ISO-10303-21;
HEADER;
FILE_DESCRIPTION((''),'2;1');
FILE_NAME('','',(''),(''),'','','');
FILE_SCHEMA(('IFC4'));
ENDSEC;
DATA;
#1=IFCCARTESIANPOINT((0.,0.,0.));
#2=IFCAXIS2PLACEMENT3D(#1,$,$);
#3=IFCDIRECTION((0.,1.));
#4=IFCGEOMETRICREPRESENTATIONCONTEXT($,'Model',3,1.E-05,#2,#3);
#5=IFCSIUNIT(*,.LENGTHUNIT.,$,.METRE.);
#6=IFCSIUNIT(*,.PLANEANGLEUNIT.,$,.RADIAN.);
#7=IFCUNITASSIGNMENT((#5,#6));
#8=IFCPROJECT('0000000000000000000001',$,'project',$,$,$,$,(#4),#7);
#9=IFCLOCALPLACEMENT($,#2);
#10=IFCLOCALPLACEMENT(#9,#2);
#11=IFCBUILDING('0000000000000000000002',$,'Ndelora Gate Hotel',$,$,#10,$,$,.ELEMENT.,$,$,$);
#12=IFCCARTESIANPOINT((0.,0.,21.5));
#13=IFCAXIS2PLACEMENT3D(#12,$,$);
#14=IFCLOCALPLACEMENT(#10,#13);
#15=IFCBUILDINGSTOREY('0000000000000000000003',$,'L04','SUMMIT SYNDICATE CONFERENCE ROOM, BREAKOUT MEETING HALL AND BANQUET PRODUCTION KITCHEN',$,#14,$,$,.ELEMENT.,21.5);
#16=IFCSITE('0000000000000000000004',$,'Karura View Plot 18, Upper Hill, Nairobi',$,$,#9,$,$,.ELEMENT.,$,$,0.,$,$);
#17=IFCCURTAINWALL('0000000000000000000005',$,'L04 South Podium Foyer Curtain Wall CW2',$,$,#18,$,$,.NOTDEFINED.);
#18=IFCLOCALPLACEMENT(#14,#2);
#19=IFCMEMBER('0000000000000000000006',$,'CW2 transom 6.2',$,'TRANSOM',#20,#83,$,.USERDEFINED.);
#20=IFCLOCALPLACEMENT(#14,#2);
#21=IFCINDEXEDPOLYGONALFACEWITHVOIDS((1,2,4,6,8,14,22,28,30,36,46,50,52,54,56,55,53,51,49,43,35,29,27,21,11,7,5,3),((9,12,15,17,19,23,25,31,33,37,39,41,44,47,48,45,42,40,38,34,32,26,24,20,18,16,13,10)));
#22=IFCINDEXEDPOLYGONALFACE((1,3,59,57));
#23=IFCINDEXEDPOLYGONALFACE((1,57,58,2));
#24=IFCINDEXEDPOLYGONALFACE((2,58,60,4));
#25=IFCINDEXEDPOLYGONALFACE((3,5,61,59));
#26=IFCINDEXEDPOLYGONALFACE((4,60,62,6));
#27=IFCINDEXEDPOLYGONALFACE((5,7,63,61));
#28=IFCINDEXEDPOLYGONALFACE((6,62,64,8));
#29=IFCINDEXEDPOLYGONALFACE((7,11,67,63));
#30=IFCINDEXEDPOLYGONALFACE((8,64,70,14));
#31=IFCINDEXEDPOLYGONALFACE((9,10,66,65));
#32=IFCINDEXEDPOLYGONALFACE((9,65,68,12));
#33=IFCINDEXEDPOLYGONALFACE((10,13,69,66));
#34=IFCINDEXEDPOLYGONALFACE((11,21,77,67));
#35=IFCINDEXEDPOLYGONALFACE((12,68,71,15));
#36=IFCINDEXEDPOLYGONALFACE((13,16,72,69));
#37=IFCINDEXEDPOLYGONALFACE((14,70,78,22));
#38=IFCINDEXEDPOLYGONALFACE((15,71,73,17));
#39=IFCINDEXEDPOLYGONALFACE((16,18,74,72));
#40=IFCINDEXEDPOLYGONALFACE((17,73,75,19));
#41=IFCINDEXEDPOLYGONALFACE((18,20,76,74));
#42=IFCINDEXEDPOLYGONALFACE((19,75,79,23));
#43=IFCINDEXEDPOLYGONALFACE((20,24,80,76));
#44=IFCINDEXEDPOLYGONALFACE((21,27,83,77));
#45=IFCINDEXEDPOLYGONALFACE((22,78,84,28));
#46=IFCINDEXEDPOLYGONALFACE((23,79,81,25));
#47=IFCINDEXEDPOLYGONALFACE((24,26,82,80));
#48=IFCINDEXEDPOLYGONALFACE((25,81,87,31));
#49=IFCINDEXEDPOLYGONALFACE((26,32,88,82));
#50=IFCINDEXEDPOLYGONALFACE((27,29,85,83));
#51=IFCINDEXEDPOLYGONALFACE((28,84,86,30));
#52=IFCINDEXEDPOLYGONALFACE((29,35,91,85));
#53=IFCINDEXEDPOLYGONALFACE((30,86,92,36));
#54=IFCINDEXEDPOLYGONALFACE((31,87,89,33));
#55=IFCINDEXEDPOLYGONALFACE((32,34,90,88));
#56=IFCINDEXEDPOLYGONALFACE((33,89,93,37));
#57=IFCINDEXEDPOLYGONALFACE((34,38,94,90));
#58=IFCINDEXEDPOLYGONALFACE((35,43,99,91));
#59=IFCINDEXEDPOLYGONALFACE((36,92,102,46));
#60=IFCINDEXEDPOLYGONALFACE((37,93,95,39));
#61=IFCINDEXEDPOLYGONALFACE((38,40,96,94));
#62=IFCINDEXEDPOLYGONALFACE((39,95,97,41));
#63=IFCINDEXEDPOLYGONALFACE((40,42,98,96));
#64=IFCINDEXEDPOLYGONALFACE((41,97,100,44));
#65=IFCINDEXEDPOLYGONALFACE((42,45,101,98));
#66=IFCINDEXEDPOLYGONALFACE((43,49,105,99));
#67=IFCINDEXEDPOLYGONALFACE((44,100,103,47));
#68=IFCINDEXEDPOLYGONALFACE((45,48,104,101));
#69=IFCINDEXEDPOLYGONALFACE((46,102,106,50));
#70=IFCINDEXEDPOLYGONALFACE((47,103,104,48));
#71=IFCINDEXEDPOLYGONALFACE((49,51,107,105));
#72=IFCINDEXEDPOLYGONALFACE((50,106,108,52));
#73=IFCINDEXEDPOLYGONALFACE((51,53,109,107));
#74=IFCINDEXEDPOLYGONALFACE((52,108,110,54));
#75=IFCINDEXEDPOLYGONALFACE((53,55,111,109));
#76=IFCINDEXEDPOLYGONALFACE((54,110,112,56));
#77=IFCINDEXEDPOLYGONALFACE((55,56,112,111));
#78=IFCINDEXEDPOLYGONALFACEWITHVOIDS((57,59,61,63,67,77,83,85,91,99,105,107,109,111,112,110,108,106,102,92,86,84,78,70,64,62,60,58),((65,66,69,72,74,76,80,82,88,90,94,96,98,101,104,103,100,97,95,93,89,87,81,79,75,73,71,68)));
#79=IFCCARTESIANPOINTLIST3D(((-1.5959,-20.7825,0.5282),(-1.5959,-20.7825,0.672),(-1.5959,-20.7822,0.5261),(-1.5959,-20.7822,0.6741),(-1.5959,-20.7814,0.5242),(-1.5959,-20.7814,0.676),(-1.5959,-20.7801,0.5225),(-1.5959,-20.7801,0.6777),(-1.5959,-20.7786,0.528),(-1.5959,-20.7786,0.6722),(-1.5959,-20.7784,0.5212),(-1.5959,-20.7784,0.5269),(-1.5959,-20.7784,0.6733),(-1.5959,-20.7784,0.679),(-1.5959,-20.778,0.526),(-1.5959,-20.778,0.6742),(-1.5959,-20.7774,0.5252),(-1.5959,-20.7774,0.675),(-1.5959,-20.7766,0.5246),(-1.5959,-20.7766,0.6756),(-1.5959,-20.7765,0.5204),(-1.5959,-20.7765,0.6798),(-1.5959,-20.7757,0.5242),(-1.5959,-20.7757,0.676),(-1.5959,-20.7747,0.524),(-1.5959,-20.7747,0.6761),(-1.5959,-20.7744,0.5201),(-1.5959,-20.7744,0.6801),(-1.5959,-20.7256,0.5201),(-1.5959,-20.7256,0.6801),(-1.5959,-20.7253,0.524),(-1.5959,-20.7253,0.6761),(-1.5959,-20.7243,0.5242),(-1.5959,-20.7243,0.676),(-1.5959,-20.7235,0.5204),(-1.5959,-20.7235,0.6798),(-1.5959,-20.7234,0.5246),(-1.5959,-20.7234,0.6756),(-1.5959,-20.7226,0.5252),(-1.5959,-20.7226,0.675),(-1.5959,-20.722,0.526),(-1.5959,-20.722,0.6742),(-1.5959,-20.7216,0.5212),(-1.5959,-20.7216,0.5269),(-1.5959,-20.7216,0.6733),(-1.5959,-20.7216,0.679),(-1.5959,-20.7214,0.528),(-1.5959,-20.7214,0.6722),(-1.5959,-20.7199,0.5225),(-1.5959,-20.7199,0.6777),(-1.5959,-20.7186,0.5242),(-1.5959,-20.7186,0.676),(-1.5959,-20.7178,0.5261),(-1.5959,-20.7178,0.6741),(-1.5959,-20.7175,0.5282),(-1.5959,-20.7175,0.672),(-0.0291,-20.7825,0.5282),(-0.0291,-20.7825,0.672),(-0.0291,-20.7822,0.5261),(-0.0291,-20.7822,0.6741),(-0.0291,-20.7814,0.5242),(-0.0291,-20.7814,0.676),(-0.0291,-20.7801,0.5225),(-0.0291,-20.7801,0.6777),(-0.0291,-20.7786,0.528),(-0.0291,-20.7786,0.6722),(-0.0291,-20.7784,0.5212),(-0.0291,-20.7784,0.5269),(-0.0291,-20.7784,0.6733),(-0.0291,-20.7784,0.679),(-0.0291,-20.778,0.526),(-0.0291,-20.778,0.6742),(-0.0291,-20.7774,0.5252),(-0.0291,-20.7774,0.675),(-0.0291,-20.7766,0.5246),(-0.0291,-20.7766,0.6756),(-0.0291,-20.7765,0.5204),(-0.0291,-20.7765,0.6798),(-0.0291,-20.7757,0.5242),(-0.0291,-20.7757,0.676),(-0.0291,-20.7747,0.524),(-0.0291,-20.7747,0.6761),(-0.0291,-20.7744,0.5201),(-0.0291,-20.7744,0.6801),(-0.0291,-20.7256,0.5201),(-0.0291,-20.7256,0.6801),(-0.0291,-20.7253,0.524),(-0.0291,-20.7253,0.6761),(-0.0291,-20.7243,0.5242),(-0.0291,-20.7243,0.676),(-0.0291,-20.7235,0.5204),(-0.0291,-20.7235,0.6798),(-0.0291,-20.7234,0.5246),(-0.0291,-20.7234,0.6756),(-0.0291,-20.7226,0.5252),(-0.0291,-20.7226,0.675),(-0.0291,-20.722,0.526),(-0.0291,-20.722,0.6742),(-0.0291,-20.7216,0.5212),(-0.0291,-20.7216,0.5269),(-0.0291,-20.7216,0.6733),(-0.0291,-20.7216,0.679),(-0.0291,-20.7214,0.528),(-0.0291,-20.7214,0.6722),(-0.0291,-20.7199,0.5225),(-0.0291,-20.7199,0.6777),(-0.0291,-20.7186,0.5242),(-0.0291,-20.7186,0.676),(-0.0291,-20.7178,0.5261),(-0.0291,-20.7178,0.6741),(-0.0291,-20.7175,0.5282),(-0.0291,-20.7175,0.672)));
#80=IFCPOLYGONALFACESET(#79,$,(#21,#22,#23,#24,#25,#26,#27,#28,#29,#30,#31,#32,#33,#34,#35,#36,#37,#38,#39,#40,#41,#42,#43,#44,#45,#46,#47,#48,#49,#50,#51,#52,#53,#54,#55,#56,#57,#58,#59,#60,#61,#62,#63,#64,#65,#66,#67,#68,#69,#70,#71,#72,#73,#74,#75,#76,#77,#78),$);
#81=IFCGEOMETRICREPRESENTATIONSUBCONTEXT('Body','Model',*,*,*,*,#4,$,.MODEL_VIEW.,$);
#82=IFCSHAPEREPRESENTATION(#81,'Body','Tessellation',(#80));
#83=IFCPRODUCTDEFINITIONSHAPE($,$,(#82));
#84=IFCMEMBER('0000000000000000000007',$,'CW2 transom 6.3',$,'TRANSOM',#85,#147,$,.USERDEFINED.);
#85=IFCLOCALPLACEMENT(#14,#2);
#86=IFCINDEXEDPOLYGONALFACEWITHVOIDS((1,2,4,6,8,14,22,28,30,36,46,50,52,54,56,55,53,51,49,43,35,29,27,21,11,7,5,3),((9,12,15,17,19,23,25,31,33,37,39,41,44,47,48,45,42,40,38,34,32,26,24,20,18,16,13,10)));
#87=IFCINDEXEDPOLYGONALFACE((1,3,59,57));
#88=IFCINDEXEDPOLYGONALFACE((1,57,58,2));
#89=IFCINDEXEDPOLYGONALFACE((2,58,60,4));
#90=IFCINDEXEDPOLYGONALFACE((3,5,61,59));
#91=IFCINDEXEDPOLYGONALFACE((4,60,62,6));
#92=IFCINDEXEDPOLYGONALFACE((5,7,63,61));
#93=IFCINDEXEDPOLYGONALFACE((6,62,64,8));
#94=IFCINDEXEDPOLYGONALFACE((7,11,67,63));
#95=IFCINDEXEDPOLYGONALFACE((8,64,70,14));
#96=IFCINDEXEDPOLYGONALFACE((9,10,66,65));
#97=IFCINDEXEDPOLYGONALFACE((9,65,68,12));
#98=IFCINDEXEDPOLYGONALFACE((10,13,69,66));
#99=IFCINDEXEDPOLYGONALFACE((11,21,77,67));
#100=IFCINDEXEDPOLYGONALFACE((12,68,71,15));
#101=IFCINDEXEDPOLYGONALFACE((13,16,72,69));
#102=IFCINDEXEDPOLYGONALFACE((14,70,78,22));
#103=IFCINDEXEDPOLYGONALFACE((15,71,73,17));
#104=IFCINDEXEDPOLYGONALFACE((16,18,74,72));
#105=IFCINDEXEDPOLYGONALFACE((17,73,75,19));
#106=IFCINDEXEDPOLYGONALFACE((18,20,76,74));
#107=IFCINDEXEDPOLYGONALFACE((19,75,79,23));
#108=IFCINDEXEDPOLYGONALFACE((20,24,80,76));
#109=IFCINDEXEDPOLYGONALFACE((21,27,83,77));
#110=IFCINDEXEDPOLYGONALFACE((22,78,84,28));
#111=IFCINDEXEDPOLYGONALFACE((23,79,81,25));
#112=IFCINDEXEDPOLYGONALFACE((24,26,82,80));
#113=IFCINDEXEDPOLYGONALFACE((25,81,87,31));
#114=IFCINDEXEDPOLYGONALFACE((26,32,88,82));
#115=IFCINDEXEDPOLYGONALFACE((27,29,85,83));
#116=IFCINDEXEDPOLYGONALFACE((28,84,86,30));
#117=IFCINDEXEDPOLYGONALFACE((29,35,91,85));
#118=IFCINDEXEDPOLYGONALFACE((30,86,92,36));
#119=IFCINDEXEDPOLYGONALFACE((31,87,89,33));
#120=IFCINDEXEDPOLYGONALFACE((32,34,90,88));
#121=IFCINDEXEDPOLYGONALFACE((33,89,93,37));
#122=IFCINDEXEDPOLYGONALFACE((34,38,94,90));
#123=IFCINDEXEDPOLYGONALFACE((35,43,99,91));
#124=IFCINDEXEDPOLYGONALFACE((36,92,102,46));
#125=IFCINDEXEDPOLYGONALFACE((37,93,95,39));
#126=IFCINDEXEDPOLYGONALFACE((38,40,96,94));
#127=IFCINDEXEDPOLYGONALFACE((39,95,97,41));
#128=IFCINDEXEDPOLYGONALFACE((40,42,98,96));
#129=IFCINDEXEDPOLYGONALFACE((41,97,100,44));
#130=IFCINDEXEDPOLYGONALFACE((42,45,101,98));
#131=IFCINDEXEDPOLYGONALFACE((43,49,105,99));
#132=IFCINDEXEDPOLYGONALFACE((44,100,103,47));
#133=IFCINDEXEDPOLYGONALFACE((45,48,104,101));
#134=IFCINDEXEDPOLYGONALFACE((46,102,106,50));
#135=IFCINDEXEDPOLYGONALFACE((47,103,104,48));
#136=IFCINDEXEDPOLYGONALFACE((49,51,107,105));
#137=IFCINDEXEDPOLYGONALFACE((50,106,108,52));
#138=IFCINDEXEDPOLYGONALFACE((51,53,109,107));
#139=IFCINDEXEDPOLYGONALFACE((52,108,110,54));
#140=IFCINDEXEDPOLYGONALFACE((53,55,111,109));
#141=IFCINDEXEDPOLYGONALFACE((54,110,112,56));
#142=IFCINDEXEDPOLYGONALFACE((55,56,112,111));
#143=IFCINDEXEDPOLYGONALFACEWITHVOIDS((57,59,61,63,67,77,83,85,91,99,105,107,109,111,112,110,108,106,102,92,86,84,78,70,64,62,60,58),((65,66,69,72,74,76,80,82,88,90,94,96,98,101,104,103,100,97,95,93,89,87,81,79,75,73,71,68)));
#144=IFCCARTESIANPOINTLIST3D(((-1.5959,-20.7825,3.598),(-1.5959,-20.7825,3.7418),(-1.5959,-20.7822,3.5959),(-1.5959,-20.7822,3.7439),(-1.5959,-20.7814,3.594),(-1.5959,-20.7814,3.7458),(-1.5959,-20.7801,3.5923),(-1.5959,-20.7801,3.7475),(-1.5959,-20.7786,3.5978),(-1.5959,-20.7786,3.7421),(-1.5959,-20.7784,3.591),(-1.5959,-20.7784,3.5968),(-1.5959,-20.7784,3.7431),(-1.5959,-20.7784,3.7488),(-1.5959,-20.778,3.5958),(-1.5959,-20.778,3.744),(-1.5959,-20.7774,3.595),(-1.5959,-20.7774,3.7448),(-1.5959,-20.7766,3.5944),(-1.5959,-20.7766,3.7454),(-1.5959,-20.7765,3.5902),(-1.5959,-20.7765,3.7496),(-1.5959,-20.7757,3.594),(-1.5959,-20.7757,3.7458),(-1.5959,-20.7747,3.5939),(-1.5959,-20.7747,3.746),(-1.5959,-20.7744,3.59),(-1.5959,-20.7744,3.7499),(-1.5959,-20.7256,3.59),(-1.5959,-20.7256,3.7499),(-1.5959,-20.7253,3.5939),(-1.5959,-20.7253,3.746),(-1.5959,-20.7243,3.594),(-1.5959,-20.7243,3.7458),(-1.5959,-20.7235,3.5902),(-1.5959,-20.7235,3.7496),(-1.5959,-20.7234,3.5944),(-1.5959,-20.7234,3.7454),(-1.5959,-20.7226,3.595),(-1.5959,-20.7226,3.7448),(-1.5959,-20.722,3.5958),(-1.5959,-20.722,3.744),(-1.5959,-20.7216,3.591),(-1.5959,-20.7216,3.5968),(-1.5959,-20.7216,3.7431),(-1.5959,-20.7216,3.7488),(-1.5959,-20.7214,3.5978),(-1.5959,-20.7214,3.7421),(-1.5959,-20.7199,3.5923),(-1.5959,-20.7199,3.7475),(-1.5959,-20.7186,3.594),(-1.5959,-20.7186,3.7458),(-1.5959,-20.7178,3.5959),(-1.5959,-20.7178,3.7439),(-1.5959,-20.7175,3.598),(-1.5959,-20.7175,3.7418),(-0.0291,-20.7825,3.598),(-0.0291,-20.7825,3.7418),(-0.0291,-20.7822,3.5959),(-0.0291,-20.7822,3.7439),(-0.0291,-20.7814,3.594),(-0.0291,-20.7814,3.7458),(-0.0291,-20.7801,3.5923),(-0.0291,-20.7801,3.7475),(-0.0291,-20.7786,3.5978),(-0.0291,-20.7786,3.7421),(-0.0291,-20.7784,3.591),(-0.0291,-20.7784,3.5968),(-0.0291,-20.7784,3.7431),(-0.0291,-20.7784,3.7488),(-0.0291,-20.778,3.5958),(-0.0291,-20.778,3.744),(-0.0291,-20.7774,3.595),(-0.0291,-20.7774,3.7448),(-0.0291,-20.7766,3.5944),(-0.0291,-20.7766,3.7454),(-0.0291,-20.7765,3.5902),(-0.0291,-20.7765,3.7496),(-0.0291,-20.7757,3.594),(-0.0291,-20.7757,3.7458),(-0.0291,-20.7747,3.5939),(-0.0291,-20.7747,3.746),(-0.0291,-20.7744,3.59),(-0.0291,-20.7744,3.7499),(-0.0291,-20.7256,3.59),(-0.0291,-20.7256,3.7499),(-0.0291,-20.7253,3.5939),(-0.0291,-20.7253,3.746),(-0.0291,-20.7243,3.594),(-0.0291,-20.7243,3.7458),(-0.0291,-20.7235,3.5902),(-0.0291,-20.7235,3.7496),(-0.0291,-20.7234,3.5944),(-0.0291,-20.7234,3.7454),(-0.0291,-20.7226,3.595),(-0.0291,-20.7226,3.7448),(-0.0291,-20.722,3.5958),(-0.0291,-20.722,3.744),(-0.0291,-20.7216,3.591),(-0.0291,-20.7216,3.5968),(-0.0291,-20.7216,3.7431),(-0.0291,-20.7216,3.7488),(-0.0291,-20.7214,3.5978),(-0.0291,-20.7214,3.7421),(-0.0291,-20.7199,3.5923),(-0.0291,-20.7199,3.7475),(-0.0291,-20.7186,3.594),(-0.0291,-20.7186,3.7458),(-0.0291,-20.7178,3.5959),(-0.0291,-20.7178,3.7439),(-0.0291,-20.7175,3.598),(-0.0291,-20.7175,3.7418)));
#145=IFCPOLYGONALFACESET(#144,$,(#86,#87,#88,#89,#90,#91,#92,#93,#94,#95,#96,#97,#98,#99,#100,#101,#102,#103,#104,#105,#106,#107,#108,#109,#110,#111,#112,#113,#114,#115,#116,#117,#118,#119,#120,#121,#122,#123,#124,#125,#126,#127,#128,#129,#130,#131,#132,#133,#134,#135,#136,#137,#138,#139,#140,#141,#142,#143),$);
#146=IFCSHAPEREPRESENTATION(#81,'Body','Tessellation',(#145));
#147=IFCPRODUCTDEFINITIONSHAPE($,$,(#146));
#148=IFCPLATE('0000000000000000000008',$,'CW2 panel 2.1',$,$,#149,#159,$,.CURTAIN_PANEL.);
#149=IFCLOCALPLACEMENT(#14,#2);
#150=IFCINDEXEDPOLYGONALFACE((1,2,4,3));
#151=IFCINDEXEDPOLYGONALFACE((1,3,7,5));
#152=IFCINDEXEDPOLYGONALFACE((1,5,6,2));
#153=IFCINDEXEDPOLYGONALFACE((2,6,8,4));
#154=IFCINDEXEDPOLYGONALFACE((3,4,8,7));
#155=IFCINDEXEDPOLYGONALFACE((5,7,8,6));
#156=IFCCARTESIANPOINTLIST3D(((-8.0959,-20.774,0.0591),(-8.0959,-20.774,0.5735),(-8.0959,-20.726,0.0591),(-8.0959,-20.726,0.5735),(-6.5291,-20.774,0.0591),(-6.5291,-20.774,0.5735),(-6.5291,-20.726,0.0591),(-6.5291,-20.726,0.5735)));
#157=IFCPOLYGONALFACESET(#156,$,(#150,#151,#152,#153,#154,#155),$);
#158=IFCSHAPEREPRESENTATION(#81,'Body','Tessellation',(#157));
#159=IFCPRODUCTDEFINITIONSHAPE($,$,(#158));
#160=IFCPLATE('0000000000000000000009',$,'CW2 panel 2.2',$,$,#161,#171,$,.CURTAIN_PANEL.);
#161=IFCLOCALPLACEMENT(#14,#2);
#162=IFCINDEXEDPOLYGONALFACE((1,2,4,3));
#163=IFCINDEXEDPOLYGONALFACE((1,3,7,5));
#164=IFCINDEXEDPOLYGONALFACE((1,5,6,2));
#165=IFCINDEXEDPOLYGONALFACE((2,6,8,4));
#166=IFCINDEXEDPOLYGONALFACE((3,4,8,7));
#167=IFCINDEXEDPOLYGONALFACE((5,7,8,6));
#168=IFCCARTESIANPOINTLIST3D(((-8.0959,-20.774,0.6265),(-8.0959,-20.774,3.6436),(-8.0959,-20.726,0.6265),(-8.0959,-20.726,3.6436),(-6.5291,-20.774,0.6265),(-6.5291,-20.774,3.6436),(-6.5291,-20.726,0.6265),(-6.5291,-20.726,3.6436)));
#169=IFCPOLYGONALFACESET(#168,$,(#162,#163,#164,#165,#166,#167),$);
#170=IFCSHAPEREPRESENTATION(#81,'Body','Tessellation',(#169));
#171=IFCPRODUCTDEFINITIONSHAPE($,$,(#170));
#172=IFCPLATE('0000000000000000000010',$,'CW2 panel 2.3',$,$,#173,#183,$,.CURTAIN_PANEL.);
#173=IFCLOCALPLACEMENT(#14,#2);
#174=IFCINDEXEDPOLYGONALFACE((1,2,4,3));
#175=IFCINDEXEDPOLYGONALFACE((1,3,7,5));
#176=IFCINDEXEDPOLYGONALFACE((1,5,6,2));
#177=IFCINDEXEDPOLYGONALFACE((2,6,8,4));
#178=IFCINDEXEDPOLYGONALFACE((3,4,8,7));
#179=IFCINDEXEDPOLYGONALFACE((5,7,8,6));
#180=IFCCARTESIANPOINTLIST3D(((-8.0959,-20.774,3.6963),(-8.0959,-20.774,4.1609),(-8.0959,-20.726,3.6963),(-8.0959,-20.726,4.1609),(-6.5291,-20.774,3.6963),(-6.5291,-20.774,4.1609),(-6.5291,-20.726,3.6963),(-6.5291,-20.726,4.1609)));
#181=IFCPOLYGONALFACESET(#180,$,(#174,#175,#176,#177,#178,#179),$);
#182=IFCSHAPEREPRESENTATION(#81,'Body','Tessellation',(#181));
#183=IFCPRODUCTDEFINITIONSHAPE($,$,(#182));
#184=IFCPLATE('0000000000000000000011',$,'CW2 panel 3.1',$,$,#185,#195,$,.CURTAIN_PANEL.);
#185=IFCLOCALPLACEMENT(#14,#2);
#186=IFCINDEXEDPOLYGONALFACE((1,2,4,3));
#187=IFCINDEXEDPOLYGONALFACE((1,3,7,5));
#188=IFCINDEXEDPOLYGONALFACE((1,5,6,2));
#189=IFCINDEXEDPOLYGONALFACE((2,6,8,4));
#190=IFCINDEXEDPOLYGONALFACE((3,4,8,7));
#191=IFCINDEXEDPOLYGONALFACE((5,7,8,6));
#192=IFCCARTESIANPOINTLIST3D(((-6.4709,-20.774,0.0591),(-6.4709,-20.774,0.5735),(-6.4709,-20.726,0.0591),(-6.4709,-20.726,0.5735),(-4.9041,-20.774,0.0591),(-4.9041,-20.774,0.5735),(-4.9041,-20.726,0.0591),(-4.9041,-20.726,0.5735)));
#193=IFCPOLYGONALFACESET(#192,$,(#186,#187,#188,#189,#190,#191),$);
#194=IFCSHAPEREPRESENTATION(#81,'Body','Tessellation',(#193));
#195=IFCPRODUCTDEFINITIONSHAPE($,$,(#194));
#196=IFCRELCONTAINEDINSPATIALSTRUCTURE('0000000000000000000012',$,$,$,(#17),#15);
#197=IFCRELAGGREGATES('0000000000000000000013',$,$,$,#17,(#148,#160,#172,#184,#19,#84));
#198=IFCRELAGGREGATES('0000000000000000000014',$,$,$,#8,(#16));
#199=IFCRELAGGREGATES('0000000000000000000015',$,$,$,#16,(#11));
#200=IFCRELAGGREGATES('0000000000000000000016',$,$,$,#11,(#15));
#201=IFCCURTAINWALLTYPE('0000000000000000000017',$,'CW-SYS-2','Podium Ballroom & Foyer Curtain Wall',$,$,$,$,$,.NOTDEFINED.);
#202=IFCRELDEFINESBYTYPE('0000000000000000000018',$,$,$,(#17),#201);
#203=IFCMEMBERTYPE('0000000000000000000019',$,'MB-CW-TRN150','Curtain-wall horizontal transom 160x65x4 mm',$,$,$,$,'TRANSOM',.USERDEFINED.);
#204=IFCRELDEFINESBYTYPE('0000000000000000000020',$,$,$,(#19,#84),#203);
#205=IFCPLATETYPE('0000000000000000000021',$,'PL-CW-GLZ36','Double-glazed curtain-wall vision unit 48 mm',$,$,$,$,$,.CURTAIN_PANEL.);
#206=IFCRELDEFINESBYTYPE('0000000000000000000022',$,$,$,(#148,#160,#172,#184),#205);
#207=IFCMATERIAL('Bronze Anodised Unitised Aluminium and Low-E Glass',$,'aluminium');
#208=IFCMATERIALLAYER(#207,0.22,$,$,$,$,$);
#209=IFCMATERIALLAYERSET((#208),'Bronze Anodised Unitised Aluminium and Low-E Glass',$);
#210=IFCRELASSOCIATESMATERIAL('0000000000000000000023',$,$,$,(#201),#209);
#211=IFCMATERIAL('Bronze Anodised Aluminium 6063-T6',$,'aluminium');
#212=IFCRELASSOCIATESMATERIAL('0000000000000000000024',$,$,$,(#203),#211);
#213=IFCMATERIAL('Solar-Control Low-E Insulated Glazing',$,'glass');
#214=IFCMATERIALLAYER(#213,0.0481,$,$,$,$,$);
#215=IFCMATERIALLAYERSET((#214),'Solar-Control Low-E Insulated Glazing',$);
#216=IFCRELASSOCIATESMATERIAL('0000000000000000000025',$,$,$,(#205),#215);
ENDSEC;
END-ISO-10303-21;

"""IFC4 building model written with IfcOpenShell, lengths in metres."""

from ifc_helpers import new_model, si_unit, direction, frame, origin, origin_2d, place, context, subcontext, project, spatial, rectangle, hollow_rectangle, extrude, material, layer, layer_set, material_profile, profile_set, type_object, element, aggregate, save


model = new_model("IFC4")

# Units and contexts
model_context = context("Model", 3, precision=1e-05, world=origin(), true_north=direction((0.0, 1.0)))
body_context = subcontext(model_context, "Body", "Model", "MODEL_VIEW")
ifc_project = project(units=[si_unit("LENGTHUNIT", "METRE"), si_unit("PLANEANGLEUNIT", "RADIAN")], contexts=[model_context])

# Site, building, storey
site_placement = place(None, origin())
site = spatial("IfcSite", under=ifc_project, at=site_placement, Name="Karura View Plot 18, Upper Hill, Nairobi", CompositionType="ELEMENT", RefElevation=0.0)
building_placement = place(site_placement, origin())
building = spatial("IfcBuilding", under=site, at=building_placement, Name="Ndelora Gate Hotel", CompositionType="ELEMENT")
storey_placement = place(building_placement, frame((0.0, 0.0, 21.5)))
storey = spatial("IfcBuildingStorey", under=building, at=storey_placement, Name="L04", Description="SUMMIT SYNDICATE CONFERENCE ROOM, BREAKOUT MEETING HALL AND BANQUET PRODUCTION KITCHEN", CompositionType="ELEMENT", Elevation=21.5)

# Curtain wall, members, plates
ifc_material_1 = material(Name="Bronze Anodised Unitised Aluminium and Low-E Glass", Category="aluminium")
ifc_layer_1 = layer(ifc_material_1, 0.22)
ifc_layer_set_1 = layer_set([ifc_layer_1], Name="Bronze Anodised Unitised Aluminium and Low-E Glass")
curtain_wall_type = type_object("IfcCurtainWallType", Name="CW-SYS-2", Description="Podium Ballroom & Foyer Curtain Wall", PredefinedType="NOTDEFINED", material=ifc_layer_set_1)
curtain_wall_placement = place(storey_placement, origin())
curtain_wall = element("IfcCurtainWall", 1, at=curtain_wall_placement, inside=storey, type_object=curtain_wall_type, Name="L04 South Podium Foyer Curtain Wall CW2", PredefinedType="NOTDEFINED")
ifc_material_2 = material(Name="Bronze Anodised Aluminium 6063-T6", Category="aluminium")
ifc_material_profile_1 = material_profile(ifc_material_2, hollow_rectangle(XDim=0.0649, YDim=0.1599, WallThickness=0.0039, InnerFilletRadius=0.0039, OuterFilletRadius=0.0081, at=origin_2d()), Name="ALU 160x65x4")
ifc_profile_set_1 = profile_set([ifc_material_profile_1], Name="Bronze Anodised Aluminium 6063-T6")
member_type_1 = type_object("IfcMemberType", Name="MB-CW-TRN150", Description="Curtain-wall horizontal transom 160x65x4 mm", ElementType="TRANSOM", PredefinedType="USERDEFINED", material=ifc_profile_set_1)
member_1_placement = place(storey_placement, frame((-1.5959, -20.75, 0.6001), z_axis=(1.0, 0.0, 0.0), x_axis=(0.0, 1.0, 0.0)))
member_1 = element("IfcMember", 2, at=member_1_placement, type_object=member_type_1, Name="CW2 transom 6.2", ObjectType="TRANSOM", PredefinedType="USERDEFINED", context=body_context, shape_type="SweptSolid", body=[
    extrude(hollow_rectangle(XDim=0.0649, YDim=0.1599, WallThickness=0.0039, InnerFilletRadius=0.0039, OuterFilletRadius=0.0081, at=origin_2d()), origin(), (0.0, 0.0, 1.0), 1.5669),
])
member_2_placement = place(storey_placement, frame((-1.5959, -20.75, 3.6699), z_axis=(1.0, 0.0, 0.0), x_axis=(0.0, 1.0, 0.0)))
member_2 = element("IfcMember", 3, at=member_2_placement, type_object=member_type_1, Name="CW2 transom 6.3", ObjectType="TRANSOM", PredefinedType="USERDEFINED", context=body_context, shape_type="SweptSolid", body=[
    extrude(hollow_rectangle(XDim=0.0649, YDim=0.1599, WallThickness=0.0039, InnerFilletRadius=0.0039, OuterFilletRadius=0.0081, at=origin_2d()), origin(), (0.0, 0.0, 1.0), 1.5669),
])
ifc_material_3 = material(Name="Solar-Control Low-E Insulated Glazing", Category="glass")
ifc_layer_2 = layer(ifc_material_3, 0.0481)
ifc_layer_set_2 = layer_set([ifc_layer_2], Name="Solar-Control Low-E Insulated Glazing")
plate_type = type_object("IfcPlateType", Name="PL-CW-GLZ36", Description="Double-glazed curtain-wall vision unit 48 mm", PredefinedType="CURTAIN_PANEL", material=ifc_layer_set_2)
plate_1_placement = place(storey_placement, frame((-7.3125, -20.75, 0.0591), z_axis=(0.0, 0.0, 1.0), x_axis=(1.0, 0.0, 0.0)))
plate_1 = element("IfcPlate", 4, at=plate_1_placement, type_object=plate_type, Name="CW2 panel 2.1", PredefinedType="CURTAIN_PANEL", context=body_context, shape_type="SweptSolid", body=[
    extrude(rectangle(XDim=1.5669, YDim=0.0481, at=origin_2d()), origin(), (0.0, 0.0, 1.0), 0.5144),
])
plate_2_placement = place(storey_placement, frame((-7.3125, -20.75, 0.6265), z_axis=(0.0, 0.0, 1.0), x_axis=(1.0, 0.0, 0.0)))
plate_2 = element("IfcPlate", 5, at=plate_2_placement, type_object=plate_type, Name="CW2 panel 2.2", PredefinedType="CURTAIN_PANEL", context=body_context, shape_type="SweptSolid", body=[
    extrude(rectangle(XDim=1.5669, YDim=0.0481, at=origin_2d()), origin(), (0.0, 0.0, 1.0), 3.0171),
])
plate_3_placement = place(storey_placement, frame((-7.3125, -20.75, 3.6963), z_axis=(0.0, 0.0, 1.0), x_axis=(1.0, 0.0, 0.0)))
plate_3 = element("IfcPlate", 6, at=plate_3_placement, type_object=plate_type, Name="CW2 panel 2.3", PredefinedType="CURTAIN_PANEL", context=body_context, shape_type="SweptSolid", body=[
    extrude(rectangle(XDim=1.5669, YDim=0.0481, at=origin_2d()), origin(), (0.0, 0.0, 1.0), 0.4646),
])
plate_4_placement = place(storey_placement, frame((-5.6875, -20.75, 0.0591), z_axis=(0.0, 0.0, 1.0), x_axis=(1.0, 0.0, 0.0)))
plate_4 = element("IfcPlate", 7, at=plate_4_placement, type_object=plate_type, Name="CW2 panel 3.1", PredefinedType="CURTAIN_PANEL", context=body_context, shape_type="SweptSolid", body=[
    extrude(rectangle(XDim=1.5669, YDim=0.0481, at=origin_2d()), origin(), (0.0, 0.0, 1.0), 0.5144),
])
aggregate(curtain_wall, [plate_1, plate_2, plate_3, plate_4, member_1, member_2])

save(model, "model.ifc")
